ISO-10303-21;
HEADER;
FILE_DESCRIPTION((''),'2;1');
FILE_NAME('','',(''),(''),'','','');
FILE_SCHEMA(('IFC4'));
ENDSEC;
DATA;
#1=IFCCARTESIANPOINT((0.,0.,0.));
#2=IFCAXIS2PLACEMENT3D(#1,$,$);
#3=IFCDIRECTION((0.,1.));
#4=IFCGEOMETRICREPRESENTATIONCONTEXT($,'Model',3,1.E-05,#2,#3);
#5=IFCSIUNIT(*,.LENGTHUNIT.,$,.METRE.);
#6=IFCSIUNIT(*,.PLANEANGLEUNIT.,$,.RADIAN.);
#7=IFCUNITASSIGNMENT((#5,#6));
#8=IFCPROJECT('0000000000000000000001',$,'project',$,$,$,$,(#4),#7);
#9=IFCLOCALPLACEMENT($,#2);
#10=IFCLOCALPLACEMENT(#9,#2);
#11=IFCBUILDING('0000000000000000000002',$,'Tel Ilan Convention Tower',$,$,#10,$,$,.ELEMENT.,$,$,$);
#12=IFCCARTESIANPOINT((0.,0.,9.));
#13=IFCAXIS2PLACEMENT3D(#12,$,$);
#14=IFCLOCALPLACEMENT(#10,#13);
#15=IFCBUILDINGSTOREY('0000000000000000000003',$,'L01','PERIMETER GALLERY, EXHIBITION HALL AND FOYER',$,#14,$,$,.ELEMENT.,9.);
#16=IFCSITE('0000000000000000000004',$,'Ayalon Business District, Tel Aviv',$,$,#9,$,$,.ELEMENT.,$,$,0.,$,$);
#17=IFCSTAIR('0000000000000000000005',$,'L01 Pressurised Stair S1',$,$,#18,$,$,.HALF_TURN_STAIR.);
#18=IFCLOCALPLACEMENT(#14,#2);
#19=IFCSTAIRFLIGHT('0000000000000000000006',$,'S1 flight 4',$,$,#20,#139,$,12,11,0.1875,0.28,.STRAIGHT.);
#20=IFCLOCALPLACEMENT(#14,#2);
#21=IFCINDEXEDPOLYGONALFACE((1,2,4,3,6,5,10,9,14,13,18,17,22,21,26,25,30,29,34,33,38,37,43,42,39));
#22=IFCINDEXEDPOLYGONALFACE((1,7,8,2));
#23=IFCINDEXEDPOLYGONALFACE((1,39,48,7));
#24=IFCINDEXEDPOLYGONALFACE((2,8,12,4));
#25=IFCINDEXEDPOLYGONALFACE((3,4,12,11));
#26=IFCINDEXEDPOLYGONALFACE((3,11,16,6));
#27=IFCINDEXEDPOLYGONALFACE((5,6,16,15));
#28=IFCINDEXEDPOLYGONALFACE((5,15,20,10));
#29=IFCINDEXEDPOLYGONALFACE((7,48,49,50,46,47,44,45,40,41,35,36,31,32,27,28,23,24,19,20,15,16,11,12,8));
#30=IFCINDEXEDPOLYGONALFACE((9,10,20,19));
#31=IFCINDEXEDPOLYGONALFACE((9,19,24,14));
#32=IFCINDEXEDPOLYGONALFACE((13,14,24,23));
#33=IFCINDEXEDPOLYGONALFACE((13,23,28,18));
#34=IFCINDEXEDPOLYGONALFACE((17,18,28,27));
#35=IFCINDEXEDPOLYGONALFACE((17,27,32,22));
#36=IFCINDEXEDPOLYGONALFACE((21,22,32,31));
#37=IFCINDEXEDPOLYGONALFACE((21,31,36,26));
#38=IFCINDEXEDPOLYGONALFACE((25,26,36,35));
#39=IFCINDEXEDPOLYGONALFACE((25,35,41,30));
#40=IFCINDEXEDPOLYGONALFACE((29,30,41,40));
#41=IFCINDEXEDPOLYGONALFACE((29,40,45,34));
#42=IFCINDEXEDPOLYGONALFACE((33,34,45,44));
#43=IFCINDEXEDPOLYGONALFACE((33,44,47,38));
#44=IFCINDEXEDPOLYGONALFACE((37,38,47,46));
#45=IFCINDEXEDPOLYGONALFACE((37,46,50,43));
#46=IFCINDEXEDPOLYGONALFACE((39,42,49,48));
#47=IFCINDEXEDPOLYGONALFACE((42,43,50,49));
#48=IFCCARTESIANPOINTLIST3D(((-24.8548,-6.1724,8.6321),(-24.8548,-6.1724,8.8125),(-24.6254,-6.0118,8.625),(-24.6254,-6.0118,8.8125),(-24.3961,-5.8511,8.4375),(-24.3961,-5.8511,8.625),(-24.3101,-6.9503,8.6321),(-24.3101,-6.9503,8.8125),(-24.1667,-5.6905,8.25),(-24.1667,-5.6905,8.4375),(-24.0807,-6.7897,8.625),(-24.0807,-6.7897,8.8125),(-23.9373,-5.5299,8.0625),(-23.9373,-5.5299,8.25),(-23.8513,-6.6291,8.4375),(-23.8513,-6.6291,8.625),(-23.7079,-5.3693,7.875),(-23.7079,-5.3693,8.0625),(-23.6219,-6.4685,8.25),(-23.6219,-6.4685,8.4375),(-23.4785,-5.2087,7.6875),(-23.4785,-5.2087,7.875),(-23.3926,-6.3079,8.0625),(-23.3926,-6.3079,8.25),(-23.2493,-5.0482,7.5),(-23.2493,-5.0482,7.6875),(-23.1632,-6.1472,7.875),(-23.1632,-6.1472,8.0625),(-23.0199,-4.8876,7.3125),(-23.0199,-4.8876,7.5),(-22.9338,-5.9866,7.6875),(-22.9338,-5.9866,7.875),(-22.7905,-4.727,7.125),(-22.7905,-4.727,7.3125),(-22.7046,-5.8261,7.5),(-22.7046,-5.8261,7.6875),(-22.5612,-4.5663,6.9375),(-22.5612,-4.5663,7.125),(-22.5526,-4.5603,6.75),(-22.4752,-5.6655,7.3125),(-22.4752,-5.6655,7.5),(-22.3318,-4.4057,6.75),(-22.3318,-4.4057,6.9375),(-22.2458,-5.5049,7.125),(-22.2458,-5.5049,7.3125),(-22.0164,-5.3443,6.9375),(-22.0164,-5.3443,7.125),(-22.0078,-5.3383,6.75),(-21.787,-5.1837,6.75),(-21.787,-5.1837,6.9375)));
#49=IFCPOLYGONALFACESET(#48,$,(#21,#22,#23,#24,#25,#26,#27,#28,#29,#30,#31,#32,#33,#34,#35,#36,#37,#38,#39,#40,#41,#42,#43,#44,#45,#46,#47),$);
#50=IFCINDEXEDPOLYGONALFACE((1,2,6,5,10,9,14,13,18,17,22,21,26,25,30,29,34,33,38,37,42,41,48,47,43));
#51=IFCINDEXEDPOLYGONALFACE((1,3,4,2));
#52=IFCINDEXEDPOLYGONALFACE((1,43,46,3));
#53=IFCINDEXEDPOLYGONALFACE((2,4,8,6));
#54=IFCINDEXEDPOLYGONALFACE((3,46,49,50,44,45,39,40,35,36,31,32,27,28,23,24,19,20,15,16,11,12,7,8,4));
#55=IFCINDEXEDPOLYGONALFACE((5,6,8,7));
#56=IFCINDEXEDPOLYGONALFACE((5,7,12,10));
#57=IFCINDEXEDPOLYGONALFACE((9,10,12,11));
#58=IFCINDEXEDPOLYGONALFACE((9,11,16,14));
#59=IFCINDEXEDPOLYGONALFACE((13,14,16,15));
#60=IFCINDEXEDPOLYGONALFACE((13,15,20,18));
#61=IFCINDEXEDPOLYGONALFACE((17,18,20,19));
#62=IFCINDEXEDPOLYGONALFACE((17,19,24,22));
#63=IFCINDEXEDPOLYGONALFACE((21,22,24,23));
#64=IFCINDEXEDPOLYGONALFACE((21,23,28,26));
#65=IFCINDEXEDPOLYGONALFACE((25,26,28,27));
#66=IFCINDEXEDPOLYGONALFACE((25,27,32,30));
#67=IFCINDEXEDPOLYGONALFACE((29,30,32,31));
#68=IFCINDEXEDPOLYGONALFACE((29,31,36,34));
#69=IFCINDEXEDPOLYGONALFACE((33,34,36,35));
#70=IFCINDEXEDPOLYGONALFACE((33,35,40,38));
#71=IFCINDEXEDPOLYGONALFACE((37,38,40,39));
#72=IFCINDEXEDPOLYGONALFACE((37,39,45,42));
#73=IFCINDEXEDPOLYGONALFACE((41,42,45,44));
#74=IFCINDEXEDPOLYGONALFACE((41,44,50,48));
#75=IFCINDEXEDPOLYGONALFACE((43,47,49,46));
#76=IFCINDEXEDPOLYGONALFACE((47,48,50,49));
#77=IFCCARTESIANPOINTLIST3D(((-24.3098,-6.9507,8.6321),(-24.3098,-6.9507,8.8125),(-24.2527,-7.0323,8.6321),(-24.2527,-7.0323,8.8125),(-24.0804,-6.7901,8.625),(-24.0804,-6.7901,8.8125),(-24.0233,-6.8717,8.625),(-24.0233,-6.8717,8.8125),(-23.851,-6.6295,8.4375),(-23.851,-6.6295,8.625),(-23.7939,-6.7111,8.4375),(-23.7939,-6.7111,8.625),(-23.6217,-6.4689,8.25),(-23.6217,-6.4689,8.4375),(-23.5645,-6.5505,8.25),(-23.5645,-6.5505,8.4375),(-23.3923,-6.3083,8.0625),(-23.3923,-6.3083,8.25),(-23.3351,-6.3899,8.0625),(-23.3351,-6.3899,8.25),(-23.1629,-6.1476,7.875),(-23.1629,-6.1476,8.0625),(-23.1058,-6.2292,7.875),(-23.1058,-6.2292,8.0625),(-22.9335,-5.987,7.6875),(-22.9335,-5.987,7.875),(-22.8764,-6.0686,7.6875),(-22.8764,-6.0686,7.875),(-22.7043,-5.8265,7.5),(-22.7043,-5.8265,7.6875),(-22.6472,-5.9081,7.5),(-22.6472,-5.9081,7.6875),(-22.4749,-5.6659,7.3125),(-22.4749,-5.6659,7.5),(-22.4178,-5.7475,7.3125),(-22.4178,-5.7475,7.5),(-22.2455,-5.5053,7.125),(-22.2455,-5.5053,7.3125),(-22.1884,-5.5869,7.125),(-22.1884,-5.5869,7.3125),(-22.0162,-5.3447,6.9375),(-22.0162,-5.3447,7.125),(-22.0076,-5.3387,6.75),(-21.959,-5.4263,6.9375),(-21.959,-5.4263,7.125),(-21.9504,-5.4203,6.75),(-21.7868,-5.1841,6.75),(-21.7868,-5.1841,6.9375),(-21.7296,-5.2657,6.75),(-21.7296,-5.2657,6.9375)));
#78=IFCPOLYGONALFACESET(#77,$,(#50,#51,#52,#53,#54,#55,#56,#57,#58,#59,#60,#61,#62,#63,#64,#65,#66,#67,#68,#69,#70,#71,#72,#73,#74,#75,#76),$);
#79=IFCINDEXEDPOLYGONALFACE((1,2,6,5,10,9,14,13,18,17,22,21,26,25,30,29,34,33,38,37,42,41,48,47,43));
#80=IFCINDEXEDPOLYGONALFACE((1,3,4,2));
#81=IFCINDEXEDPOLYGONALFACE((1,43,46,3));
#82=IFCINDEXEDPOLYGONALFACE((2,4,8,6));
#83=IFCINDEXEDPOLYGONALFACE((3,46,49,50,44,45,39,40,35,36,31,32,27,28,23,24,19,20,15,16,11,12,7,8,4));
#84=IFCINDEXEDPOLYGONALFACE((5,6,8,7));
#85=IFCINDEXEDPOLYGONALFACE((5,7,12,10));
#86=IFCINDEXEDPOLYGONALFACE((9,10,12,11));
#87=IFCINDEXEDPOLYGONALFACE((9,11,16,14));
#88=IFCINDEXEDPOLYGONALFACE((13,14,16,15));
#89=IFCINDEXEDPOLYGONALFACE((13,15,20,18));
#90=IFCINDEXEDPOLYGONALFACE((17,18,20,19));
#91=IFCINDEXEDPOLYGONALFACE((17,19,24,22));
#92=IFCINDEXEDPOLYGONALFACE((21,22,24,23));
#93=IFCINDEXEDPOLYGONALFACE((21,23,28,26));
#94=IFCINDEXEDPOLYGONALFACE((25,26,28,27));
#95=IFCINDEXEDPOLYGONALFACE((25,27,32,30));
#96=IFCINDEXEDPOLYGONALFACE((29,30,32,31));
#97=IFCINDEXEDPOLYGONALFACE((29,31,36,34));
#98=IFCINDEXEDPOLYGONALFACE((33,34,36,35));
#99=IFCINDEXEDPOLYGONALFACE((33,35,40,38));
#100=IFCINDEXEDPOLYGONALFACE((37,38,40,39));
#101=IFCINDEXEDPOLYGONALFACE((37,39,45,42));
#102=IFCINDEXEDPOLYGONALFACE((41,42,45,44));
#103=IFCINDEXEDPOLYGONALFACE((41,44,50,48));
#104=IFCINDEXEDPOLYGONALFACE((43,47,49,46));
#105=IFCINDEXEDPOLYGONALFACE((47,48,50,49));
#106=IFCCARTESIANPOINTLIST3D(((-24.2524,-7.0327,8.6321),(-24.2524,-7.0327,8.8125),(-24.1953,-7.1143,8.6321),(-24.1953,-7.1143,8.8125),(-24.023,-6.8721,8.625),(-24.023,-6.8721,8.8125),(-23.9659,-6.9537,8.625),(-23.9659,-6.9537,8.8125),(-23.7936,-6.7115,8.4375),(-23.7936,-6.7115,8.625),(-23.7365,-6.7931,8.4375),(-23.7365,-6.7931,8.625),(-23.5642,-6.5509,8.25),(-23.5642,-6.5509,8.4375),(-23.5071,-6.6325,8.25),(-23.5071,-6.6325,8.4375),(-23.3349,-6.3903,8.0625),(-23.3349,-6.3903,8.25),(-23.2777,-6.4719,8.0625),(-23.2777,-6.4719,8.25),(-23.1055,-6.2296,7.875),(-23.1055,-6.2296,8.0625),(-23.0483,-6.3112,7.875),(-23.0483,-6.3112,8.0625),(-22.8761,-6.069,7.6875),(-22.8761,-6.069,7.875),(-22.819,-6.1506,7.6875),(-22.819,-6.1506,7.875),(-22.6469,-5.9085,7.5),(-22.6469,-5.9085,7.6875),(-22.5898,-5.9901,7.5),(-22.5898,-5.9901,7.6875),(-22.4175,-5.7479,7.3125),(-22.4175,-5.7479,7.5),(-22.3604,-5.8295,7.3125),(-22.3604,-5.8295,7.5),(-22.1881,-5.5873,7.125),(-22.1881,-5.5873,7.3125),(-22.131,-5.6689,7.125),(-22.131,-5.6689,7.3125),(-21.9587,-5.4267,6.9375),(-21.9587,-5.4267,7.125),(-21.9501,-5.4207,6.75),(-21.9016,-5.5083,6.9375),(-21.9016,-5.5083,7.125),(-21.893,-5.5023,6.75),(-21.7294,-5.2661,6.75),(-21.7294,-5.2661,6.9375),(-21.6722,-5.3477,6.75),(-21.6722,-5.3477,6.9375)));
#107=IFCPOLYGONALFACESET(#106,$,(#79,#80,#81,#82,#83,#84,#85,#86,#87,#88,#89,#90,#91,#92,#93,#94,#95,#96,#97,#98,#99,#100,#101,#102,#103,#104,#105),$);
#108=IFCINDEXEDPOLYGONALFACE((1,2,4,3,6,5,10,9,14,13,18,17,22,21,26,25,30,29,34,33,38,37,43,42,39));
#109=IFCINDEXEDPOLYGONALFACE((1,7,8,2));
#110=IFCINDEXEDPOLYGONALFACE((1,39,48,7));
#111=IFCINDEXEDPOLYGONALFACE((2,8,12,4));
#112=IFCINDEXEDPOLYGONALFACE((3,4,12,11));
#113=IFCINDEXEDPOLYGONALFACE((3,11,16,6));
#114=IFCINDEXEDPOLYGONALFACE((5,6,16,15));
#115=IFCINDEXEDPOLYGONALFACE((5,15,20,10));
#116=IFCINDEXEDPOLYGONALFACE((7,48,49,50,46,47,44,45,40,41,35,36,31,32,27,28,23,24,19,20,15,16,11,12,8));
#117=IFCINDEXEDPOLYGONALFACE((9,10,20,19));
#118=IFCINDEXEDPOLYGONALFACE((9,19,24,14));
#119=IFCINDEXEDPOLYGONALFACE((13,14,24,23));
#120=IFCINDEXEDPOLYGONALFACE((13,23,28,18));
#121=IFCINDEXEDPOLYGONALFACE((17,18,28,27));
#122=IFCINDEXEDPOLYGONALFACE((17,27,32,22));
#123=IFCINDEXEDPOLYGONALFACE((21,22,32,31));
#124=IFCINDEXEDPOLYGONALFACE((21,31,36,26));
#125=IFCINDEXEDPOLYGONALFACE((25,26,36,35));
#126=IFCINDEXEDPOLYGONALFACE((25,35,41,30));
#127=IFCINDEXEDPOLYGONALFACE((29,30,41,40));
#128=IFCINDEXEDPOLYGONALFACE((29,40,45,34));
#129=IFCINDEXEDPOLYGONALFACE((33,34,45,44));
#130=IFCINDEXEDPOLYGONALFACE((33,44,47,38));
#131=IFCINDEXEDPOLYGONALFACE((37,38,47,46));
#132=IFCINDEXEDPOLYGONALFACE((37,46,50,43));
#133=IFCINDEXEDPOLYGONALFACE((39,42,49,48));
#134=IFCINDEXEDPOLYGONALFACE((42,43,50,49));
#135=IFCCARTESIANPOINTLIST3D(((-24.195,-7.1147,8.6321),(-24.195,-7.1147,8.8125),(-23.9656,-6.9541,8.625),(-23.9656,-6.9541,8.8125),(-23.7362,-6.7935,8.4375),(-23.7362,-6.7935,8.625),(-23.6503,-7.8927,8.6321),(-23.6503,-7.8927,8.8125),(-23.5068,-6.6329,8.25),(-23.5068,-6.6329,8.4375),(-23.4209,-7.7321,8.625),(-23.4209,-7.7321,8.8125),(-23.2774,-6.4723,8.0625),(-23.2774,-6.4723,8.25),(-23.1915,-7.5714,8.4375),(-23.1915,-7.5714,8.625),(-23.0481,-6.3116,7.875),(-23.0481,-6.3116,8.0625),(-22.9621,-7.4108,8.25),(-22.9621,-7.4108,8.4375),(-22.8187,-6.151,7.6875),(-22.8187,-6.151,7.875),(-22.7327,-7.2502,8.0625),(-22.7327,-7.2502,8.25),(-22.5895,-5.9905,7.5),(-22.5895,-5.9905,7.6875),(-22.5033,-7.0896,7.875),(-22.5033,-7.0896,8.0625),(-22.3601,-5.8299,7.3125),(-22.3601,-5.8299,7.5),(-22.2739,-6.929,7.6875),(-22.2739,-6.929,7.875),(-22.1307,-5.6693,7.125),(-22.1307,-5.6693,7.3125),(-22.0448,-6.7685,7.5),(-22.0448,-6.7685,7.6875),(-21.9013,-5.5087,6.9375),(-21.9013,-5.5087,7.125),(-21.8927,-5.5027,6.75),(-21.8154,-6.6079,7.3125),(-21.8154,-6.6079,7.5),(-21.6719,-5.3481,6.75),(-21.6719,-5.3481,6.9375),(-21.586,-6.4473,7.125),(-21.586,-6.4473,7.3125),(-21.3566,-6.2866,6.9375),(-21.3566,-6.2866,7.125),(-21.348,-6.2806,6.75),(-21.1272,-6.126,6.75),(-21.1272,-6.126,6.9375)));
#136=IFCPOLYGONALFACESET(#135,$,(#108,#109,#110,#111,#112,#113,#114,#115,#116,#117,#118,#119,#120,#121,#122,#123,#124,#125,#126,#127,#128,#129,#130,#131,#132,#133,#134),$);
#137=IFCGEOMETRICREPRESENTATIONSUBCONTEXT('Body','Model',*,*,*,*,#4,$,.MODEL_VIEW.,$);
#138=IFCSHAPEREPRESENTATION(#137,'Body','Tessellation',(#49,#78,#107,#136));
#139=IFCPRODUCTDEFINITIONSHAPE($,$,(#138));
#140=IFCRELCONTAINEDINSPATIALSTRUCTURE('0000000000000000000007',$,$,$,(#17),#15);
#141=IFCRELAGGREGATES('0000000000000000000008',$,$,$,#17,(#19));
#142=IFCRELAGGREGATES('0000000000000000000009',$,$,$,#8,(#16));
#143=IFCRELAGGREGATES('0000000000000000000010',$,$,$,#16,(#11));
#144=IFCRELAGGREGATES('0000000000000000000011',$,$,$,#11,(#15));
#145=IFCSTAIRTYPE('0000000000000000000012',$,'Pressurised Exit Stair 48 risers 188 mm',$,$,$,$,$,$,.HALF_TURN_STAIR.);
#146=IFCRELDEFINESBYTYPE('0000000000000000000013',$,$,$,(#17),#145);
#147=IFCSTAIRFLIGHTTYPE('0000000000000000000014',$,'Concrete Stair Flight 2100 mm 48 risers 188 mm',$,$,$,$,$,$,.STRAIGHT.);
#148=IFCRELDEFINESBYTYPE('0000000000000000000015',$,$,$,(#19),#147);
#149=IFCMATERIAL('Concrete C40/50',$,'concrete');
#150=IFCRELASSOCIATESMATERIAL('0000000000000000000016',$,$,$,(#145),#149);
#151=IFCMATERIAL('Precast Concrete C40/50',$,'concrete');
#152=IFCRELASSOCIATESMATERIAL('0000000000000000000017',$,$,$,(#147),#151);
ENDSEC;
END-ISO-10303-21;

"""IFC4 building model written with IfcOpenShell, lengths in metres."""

from ifc_helpers import new_model, si_unit, direction, frame, origin, place, context, subcontext, project, spatial, polyline, outline, extrude, material, type_object, element, aggregate, save


model = new_model("IFC4")

# Units and contexts
model_context = context("Model", 3, precision=1e-05, world=origin(), true_north=direction((0.0, 1.0)))
body_context = subcontext(model_context, "Body", "Model", "MODEL_VIEW")
ifc_project = project(units=[si_unit("LENGTHUNIT", "METRE"), si_unit("PLANEANGLEUNIT", "RADIAN")], contexts=[model_context])

# Site, building, storey
site_placement = place(None, origin())
site = spatial("IfcSite", under=ifc_project, at=site_placement, Name="Ayalon Business District, Tel Aviv", CompositionType="ELEMENT", RefElevation=0.0)
building_placement = place(site_placement, origin())
building = spatial("IfcBuilding", under=site, at=building_placement, Name="Tel Ilan Convention Tower", CompositionType="ELEMENT")
storey_placement = place(building_placement, frame((0.0, 0.0, 9.0)))
storey = spatial("IfcBuildingStorey", under=building, at=storey_placement, Name="L01", Description="PERIMETER GALLERY, EXHIBITION HALL AND FOYER", CompositionType="ELEMENT", Elevation=9.0)

# Stair, stair flight
ifc_material_1 = material(Name="Concrete C40/50", Category="concrete")
stair_type = type_object("IfcStairType", Name="Pressurised Exit Stair 48 risers 188 mm", PredefinedType="HALF_TURN_STAIR", material=ifc_material_1)
stair_1_placement = place(storey_placement, origin())
stair_1 = element("IfcStair", 1, at=stair_1_placement, inside=storey, type_object=stair_type, Name="L01 Pressurised Stair S1", PredefinedType="HALF_TURN_STAIR")
ifc_material_2 = material(Name="Precast Concrete C40/50", Category="concrete")
stair_flight_type = type_object("IfcStairFlightType", Name="Concrete Stair Flight 2100 mm 48 risers 188 mm", PredefinedType="STRAIGHT", material=ifc_material_2)
stair_flight_1_placement = place(storey_placement, frame((-21.7295, -5.2659, 6.75), z_axis=(0.0, 0.0, 1.0), x_axis=(-0.819152, -0.573576, 0.0)))
stair_flight_1 = element("IfcStairFlight", 2, at=stair_flight_1_placement, type_object=stair_flight_type, Name="S1 flight 4", NumberOfRisers=12, NumberOfTreads=11, PredefinedType="STRAIGHT", RiserHeight=0.1875, TreadLength=0.28, context=body_context, shape_type="SweptSolid", body=[
    extrude(outline(polyline([(0.0, 0.0), (0.0, 0.1875), (0.28, 0.1875), (0.28, 0.375), (0.5601, 0.375), (0.5601, 0.5625), (0.8401, 0.5625), (0.8401, 0.75), (1.1201, 0.75), (1.1201, 0.9375), (1.3999, 0.9375), (1.3999, 1.125), (1.6799, 1.125), (1.6799, 1.3125), (1.96, 1.3125), (1.96, 1.5), (2.24, 1.5), (2.24, 1.6875), (2.52, 1.6875), (2.52, 1.875), (2.8, 1.875), (2.8, 2.0625), (3.0801, 2.0625), (3.0801, 2.25), (3.0801, 1.8821), (0.2695, 0.0), (0.0, 0.0)])), frame((0.0, -0.1003, 0.0), z_axis=(0.0, -1.0, 0.0), x_axis=(1.0, 0.0, 0.0)), (0.0, 0.0, 1.0), 0.9497),
    extrude(outline(polyline([(0.0, 0.0), (0.0, 0.1875), (0.28, 0.1875), (0.28, 0.375), (0.5601, 0.375), (0.5601, 0.5625), (0.8401, 0.5625), (0.8401, 0.75), (1.1201, 0.75), (1.1201, 0.9375), (1.3999, 0.9375), (1.3999, 1.125), (1.6799, 1.125), (1.6799, 1.3125), (1.96, 1.3125), (1.96, 1.5), (2.24, 1.5), (2.24, 1.6875), (2.52, 1.6875), (2.52, 1.875), (2.8, 1.875), (2.8, 2.0625), (3.0801, 2.0625), (3.0801, 2.25), (3.0801, 1.8821), (0.2695, 0.0), (0.0, 0.0)])), frame((0.0, -0.0002, 0.0), z_axis=(0.0, -1.0, 0.0), x_axis=(1.0, 0.0, 0.0)), (0.0, 0.0, 1.0), 0.0996),
    extrude(outline(polyline([(0.0, 0.0), (0.0, 0.1875), (0.28, 0.1875), (0.28, 0.375), (0.5601, 0.375), (0.5601, 0.5625), (0.8401, 0.5625), (0.8401, 0.75), (1.1201, 0.75), (1.1201, 0.9375), (1.3999, 0.9375), (1.3999, 1.125), (1.6799, 1.125), (1.6799, 1.3125), (1.96, 1.3125), (1.96, 1.5), (2.24, 1.5), (2.24, 1.6875), (2.52, 1.6875), (2.52, 1.875), (2.8, 1.875), (2.8, 2.0625), (3.0801, 2.0625), (3.0801, 2.25), (3.0801, 1.8821), (0.2695, 0.0), (0.0, 0.0)])), frame((0.0, 0.0999, 0.0), z_axis=(0.0, -1.0, 0.0), x_axis=(1.0, 0.0, 0.0)), (0.0, 0.0, 1.0), 0.0996),
    extrude(outline(polyline([(0.0, 0.0), (0.0, 0.1875), (0.28, 0.1875), (0.28, 0.375), (0.5601, 0.375), (0.5601, 0.5625), (0.8401, 0.5625), (0.8401, 0.75), (1.1201, 0.75), (1.1201, 0.9375), (1.3999, 0.9375), (1.3999, 1.125), (1.6799, 1.125), (1.6799, 1.3125), (1.96, 1.3125), (1.96, 1.5), (2.24, 1.5), (2.24, 1.6875), (2.52, 1.6875), (2.52, 1.875), (2.8, 1.875), (2.8, 2.0625), (3.0801, 2.0625), (3.0801, 2.25), (3.0801, 1.8821), (0.2695, 0.0), (0.0, 0.0)])), frame((0.0, 1.05, 0.0), z_axis=(0.0, -1.0, 0.0), x_axis=(1.0, 0.0, 0.0)), (0.0, 0.0, 1.0), 0.9497),
])
aggregate(stair_1, [stair_flight_1])

save(model, "model.ifc")
